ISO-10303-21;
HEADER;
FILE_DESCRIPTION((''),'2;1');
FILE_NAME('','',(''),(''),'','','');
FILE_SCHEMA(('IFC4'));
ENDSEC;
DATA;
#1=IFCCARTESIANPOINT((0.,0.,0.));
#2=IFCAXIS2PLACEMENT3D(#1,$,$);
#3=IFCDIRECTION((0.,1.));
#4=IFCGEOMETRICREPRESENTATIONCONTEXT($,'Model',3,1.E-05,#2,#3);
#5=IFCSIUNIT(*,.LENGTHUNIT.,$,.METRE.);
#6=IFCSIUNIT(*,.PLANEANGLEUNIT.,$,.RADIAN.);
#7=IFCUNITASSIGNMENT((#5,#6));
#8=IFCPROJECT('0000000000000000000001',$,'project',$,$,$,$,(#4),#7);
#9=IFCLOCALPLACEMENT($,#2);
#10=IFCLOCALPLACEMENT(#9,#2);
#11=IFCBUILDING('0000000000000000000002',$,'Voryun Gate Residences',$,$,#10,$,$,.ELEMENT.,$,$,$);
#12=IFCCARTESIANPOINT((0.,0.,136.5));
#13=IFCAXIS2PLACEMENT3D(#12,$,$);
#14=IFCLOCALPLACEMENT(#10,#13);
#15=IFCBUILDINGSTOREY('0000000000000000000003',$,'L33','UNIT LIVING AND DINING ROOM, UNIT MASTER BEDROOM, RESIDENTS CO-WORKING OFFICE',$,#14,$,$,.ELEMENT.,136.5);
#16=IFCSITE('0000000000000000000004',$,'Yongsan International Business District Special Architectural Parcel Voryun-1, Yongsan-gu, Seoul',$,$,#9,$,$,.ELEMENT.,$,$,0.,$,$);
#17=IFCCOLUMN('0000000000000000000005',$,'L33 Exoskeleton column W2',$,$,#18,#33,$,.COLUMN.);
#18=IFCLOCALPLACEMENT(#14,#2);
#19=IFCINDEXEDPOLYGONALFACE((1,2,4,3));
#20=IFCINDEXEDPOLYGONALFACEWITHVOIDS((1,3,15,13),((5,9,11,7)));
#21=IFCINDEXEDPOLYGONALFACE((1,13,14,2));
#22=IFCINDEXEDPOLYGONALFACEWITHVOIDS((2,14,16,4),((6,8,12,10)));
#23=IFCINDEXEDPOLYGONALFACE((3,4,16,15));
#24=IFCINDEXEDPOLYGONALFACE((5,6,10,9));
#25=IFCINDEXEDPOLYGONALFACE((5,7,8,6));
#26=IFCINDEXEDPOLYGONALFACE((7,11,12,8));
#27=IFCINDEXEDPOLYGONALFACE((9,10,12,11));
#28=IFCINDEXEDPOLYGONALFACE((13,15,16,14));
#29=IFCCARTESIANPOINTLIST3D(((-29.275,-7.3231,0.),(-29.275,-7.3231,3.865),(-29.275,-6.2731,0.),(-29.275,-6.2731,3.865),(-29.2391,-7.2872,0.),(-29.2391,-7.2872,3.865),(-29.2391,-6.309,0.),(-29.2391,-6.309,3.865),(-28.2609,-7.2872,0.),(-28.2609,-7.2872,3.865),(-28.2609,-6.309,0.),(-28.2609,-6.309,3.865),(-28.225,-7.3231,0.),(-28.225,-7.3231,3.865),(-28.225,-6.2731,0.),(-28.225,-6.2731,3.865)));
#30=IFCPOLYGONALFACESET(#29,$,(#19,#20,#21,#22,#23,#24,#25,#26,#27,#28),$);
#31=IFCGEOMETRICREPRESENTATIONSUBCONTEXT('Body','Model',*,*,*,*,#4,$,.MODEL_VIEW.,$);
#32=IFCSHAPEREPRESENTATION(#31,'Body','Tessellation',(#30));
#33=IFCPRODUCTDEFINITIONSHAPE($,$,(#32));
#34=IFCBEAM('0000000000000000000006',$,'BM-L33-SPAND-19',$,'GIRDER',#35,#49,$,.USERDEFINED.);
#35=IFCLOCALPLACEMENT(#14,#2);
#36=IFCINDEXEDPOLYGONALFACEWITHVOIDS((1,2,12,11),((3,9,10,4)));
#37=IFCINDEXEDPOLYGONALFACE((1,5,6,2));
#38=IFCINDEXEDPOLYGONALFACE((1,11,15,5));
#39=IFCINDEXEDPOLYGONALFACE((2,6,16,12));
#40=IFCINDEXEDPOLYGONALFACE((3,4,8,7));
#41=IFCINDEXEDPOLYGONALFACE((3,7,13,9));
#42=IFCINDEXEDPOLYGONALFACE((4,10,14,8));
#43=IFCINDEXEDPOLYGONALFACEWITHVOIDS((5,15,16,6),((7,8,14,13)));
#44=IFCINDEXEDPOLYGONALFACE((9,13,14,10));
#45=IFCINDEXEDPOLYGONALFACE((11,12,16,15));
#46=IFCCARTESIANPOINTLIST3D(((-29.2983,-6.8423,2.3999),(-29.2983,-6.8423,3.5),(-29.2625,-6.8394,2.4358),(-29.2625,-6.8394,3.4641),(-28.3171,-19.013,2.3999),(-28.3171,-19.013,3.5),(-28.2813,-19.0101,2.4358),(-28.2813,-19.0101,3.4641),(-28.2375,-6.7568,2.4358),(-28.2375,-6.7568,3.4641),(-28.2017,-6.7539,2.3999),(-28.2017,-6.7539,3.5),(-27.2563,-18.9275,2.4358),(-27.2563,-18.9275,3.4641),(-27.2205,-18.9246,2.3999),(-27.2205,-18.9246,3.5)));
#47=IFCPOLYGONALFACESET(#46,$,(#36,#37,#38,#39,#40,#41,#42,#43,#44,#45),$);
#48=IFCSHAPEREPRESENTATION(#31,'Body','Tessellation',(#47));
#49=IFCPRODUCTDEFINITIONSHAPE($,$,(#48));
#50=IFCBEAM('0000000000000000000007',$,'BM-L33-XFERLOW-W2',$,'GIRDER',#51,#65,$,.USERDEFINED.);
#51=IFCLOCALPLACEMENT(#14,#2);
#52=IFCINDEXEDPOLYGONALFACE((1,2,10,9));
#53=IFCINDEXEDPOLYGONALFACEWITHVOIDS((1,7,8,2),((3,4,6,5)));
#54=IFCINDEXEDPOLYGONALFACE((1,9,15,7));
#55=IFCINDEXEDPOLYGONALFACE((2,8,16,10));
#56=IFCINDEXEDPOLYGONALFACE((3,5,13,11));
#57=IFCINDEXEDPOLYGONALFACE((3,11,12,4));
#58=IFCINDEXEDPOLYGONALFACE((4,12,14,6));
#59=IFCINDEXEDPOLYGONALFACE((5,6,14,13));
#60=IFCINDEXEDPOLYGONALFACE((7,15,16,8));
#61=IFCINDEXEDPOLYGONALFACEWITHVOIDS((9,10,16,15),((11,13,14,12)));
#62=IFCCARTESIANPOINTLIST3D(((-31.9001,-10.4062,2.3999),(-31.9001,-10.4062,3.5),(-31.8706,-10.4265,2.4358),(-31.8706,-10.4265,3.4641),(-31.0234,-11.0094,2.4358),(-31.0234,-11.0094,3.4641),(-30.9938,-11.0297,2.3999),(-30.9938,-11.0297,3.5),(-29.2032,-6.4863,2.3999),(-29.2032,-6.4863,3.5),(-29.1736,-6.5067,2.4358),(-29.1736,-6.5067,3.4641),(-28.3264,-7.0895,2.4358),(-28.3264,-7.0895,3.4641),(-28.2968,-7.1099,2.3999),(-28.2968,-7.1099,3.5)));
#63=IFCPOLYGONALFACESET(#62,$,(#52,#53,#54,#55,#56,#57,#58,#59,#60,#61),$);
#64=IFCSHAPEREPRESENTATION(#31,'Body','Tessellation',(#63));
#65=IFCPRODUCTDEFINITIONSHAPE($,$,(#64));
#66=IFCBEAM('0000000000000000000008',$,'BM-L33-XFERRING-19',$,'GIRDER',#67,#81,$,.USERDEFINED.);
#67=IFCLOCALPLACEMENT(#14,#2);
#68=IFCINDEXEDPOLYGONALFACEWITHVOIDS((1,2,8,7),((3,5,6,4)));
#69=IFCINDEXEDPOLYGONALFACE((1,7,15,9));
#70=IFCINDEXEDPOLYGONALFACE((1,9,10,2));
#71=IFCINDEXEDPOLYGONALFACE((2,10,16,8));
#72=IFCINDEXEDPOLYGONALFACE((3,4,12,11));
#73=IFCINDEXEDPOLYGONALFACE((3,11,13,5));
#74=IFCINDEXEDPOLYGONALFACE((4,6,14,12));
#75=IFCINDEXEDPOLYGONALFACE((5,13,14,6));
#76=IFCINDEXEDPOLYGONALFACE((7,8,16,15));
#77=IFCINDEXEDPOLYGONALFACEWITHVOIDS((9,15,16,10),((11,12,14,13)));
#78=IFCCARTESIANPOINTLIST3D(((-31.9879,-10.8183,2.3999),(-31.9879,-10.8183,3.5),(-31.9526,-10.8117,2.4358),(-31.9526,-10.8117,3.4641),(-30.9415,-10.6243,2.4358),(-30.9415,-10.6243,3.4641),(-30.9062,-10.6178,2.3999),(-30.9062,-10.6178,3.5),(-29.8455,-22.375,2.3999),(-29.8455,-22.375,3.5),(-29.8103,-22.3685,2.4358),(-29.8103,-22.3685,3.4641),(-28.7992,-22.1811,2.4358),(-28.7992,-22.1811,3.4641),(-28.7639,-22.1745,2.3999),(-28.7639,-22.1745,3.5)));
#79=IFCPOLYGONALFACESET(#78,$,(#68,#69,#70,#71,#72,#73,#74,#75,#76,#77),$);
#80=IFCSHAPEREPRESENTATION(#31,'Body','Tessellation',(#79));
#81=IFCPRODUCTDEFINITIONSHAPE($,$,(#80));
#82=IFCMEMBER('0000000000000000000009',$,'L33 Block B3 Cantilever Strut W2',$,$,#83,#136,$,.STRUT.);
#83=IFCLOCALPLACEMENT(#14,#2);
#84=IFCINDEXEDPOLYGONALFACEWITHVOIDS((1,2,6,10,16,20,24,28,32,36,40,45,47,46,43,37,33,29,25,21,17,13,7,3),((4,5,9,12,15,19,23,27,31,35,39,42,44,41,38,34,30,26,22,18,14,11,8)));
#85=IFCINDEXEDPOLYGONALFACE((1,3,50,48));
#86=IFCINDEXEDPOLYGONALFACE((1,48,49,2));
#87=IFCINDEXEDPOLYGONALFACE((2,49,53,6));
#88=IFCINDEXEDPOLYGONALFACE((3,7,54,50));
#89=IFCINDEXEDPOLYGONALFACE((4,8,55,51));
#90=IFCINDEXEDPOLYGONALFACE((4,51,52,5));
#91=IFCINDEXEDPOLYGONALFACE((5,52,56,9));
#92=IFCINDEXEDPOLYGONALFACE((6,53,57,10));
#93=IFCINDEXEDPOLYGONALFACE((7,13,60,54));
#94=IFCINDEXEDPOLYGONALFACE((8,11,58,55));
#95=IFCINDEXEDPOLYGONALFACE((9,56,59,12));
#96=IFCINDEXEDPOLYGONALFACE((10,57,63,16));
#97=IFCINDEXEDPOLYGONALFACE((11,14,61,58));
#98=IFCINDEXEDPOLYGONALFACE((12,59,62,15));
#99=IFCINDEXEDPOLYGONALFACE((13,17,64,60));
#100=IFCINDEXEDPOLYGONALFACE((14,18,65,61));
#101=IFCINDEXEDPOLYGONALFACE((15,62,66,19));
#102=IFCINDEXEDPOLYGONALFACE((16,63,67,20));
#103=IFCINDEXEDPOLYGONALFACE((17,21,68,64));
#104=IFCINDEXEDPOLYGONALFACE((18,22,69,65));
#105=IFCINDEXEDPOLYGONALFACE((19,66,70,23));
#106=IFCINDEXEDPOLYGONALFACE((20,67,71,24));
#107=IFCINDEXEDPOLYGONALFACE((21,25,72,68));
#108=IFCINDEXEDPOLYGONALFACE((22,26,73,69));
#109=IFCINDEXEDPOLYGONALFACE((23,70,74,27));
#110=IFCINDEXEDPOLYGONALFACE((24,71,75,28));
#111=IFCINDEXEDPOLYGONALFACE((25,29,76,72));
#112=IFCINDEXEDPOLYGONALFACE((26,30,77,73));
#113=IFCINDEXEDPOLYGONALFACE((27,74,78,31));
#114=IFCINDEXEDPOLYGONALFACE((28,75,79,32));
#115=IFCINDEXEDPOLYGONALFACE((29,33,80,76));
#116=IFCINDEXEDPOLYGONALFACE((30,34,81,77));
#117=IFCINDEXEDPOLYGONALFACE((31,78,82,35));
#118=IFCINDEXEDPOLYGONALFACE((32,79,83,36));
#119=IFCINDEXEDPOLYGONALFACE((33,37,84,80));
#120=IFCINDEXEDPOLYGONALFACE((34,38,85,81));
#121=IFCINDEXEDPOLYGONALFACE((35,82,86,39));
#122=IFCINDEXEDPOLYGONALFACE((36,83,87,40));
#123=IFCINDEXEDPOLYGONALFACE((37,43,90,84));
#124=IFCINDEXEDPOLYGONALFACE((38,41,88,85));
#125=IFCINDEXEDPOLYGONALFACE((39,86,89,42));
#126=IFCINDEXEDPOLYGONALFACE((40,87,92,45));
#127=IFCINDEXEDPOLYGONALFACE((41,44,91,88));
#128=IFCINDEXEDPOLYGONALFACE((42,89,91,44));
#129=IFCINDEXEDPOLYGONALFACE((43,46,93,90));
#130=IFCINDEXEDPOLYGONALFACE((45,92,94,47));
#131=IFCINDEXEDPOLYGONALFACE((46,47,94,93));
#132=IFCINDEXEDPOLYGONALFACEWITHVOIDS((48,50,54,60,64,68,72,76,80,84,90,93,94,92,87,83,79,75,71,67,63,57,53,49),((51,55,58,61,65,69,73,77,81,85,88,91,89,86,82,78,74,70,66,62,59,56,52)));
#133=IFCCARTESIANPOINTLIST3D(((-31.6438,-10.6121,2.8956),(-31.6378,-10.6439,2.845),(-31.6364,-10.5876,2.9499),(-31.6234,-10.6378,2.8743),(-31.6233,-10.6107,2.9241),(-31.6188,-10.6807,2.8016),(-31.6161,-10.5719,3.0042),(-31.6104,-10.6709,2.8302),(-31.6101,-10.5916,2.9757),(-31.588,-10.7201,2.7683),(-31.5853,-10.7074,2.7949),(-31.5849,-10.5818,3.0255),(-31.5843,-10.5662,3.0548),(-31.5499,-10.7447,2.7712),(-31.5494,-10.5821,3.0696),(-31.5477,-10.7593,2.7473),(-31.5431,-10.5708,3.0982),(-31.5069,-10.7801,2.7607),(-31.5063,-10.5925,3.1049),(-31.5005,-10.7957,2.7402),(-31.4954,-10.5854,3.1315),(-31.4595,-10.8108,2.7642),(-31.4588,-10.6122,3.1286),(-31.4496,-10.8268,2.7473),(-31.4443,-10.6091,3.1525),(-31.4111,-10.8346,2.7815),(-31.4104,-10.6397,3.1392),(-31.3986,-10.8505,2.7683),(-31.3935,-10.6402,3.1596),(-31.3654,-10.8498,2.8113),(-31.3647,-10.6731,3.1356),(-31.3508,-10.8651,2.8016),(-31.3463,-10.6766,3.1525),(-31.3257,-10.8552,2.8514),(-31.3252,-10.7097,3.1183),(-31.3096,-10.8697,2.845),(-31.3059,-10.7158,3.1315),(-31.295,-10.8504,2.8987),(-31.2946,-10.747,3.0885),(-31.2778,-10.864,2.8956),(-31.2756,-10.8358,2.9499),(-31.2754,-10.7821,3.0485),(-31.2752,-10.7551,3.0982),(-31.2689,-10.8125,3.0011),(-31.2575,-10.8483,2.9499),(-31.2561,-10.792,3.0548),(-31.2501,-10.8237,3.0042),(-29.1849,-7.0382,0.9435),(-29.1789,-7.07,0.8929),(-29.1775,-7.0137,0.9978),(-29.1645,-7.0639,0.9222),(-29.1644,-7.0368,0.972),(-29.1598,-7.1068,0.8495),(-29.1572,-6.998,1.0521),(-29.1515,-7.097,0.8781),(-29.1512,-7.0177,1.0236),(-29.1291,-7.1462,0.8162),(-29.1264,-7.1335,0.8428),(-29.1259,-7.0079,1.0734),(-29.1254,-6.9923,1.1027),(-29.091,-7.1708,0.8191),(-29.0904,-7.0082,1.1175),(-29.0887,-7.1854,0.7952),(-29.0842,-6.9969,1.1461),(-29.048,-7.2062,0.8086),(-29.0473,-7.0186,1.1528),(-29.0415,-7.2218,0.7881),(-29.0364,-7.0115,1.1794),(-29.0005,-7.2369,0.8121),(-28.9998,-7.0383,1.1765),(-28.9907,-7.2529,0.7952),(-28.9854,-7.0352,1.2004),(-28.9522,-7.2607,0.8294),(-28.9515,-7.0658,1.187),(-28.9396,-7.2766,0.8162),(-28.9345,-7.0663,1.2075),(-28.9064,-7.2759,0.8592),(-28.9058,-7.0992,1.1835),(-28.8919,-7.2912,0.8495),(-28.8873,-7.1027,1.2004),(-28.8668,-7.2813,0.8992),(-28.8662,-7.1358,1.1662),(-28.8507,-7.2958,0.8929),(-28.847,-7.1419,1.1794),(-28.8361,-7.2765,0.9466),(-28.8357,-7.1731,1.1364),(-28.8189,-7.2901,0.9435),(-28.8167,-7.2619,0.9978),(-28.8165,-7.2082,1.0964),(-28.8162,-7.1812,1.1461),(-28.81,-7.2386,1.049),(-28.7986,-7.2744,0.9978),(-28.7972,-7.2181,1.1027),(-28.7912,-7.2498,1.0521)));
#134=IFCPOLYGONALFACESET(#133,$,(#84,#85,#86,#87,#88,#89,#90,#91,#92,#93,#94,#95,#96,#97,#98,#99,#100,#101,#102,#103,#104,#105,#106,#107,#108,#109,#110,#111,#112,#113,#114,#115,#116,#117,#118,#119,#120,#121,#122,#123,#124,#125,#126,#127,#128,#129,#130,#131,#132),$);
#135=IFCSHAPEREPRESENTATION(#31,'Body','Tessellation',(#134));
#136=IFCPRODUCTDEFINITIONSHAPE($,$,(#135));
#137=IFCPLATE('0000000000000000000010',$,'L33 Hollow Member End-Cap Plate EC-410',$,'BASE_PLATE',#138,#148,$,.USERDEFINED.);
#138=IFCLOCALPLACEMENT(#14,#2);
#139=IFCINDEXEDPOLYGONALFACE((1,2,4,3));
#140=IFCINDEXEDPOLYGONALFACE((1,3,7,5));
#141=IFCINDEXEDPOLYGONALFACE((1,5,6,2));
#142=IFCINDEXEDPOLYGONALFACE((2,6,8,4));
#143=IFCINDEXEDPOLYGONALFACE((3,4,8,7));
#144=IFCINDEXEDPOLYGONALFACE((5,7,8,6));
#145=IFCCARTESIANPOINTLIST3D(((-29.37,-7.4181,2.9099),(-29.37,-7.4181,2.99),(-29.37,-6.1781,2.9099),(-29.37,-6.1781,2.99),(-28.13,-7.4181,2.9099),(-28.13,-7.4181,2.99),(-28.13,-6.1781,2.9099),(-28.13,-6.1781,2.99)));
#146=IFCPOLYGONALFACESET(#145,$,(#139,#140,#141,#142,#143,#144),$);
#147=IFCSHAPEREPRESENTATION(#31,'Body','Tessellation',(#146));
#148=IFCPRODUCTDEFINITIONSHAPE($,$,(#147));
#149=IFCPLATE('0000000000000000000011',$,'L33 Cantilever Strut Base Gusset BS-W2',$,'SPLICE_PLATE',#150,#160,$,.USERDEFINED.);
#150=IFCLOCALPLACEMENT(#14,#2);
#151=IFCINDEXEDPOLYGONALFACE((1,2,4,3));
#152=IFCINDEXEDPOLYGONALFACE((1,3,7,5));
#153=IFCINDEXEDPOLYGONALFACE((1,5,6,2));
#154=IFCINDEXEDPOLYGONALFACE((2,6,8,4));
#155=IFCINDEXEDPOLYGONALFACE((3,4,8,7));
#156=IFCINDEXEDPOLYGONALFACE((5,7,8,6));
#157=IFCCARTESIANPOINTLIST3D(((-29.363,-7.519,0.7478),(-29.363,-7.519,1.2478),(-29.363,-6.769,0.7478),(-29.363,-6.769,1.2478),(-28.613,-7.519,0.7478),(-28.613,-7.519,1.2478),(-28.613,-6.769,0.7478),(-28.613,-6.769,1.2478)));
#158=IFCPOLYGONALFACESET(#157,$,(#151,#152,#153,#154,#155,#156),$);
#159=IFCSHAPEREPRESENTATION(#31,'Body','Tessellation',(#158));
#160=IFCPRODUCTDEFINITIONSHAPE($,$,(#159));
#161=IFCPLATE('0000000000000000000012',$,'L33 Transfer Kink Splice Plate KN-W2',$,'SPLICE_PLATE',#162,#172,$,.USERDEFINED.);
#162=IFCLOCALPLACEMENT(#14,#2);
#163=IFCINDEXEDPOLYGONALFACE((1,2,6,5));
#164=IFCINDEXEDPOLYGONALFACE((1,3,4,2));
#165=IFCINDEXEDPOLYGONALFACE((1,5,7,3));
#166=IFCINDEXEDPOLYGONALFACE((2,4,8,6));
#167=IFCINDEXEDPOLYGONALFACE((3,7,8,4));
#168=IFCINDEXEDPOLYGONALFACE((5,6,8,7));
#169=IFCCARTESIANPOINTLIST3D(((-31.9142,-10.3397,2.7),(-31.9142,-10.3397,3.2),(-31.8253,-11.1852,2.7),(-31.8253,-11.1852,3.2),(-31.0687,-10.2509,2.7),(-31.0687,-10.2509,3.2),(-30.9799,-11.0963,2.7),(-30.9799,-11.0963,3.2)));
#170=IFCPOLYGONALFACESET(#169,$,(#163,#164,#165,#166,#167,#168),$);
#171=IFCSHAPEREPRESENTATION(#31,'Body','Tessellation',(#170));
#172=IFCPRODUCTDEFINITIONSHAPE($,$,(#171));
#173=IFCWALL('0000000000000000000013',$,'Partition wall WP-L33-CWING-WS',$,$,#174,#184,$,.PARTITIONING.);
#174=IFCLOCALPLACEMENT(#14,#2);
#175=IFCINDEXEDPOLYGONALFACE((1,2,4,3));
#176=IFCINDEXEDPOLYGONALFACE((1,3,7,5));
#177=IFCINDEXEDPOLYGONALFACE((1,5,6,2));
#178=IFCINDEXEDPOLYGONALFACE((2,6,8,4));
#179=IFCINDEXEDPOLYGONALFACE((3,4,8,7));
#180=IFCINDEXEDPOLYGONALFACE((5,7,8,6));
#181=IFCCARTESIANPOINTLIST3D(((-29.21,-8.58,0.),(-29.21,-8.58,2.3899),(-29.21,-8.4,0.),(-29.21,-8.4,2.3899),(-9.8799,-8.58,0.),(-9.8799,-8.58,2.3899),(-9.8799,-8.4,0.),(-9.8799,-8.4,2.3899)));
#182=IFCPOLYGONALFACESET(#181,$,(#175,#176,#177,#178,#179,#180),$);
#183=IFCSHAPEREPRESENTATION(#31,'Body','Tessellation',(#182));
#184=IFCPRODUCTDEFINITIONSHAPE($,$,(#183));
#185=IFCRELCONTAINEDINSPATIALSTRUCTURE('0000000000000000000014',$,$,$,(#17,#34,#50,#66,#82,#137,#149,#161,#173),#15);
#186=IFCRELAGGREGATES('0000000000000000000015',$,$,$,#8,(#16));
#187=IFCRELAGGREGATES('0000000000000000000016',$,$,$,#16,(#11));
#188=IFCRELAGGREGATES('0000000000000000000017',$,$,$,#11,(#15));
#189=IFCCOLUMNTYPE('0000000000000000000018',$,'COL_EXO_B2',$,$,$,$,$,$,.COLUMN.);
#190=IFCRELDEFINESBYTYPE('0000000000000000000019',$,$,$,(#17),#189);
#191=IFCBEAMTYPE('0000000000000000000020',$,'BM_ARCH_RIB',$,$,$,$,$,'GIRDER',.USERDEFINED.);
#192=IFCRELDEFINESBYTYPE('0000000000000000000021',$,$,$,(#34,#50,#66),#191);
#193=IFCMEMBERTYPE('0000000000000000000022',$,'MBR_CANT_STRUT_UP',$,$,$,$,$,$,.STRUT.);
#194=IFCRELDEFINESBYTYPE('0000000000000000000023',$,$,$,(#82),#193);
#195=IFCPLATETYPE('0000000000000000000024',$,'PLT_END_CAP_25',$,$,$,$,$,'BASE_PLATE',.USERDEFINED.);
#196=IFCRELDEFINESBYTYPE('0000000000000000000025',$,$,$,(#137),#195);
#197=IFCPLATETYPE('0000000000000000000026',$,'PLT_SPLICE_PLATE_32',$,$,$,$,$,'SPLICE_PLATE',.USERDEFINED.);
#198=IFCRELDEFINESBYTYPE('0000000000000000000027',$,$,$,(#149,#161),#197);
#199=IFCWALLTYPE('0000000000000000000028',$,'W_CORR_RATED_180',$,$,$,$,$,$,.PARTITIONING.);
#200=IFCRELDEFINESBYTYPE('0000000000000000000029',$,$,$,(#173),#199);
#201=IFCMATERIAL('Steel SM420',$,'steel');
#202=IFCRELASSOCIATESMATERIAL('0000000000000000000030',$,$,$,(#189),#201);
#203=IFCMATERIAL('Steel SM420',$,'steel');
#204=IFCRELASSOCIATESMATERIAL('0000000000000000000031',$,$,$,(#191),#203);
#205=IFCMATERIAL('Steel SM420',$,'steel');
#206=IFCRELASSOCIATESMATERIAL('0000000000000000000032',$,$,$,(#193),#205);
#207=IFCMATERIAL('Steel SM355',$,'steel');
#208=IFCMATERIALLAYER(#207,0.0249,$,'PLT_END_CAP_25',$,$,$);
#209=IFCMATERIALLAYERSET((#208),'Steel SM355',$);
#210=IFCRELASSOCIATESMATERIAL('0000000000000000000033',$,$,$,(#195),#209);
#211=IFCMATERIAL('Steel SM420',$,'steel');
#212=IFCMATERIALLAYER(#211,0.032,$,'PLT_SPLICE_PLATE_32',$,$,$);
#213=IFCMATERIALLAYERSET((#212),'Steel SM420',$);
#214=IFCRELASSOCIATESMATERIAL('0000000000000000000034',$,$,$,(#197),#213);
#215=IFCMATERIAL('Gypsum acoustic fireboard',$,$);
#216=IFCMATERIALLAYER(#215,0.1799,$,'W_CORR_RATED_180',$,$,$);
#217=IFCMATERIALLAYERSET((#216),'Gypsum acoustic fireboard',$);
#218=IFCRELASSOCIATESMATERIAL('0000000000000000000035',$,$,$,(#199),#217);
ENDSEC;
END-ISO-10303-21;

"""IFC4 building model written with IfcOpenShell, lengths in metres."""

from ifc_helpers import new_model, si_unit, direction, frame, frame_2d, origin, origin_2d, place, context, subcontext, project, spatial, rectangle, hollow_rectangle, hollow_circle, extrude, material, layer, layer_set, material_profile, profile_set, type_object, element, save


model = new_model("IFC4")

# Units and contexts
model_context = context("Model", 3, precision=1e-05, world=origin(), true_north=direction((0.0, 1.0)))
body_context = subcontext(model_context, "Body", "Model", "MODEL_VIEW")
ifc_project = project(units=[si_unit("LENGTHUNIT", "METRE"), si_unit("PLANEANGLEUNIT", "RADIAN")], contexts=[model_context])

# Site, building, storey
site_placement = place(None, origin())
site = spatial("IfcSite", under=ifc_project, at=site_placement, Name="Yongsan International Business District Special Architectural Parcel Voryun-1, Yongsan-gu, Seoul", CompositionType="ELEMENT", RefElevation=0.0)
building_placement = place(site_placement, origin())
building = spatial("IfcBuilding", under=site, at=building_placement, Name="Voryun Gate Residences", CompositionType="ELEMENT")
storey_placement = place(building_placement, frame((0.0, 0.0, 136.5)))
storey = spatial("IfcBuildingStorey", under=building, at=storey_placement, Name="L33", Description="UNIT LIVING AND DINING ROOM, UNIT MASTER BEDROOM, RESIDENTS CO-WORKING OFFICE", CompositionType="ELEMENT", Elevation=136.5)

# Column
ifc_material_1 = material(Name="Steel SM420", Category="steel")
ifc_material_profile_1 = material_profile(ifc_material_1, hollow_rectangle(XDim=1.05, YDim=1.05, WallThickness=0.0359, at=origin_2d()), Name="BOX-1050x1050x36")
ifc_profile_set_1 = profile_set([ifc_material_profile_1], Name="Steel SM420")
column_type = type_object("IfcColumnType", Name="COL_EXO_B2", PredefinedType="COLUMN", material=ifc_profile_set_1)
column_placement = place(storey_placement, frame((-28.75, -6.7981, 0.0), z_axis=(0.0, 0.0, 1.0), x_axis=(1.0, 0.0, 0.0)))
element("IfcColumn", 1, at=column_placement, inside=storey, type_object=column_type, Name="L33 Exoskeleton column W2", PredefinedType="COLUMN", context=body_context, shape_type="SweptSolid", body=[
    extrude(hollow_rectangle(XDim=1.05, YDim=1.05, WallThickness=0.0359, at=origin_2d()), origin(), (0.0, 0.0, 1.0), 3.865),
])

# Beams
ifc_material_2 = material(Name="Steel SM420", Category="steel")
ifc_material_profile_2 = material_profile(ifc_material_2, hollow_rectangle(XDim=1.1001, YDim=1.1001, WallThickness=0.0359, at=origin_2d()), Name="BOX-1100x1100x36")
ifc_profile_set_2 = profile_set([ifc_material_profile_2], Name="Steel SM420")
beam_type = type_object("IfcBeamType", Name="BM_ARCH_RIB", ElementType="GIRDER", PredefinedType="USERDEFINED", material=ifc_profile_set_2)
beam_1_placement = place(storey_placement, frame((-28.75, -6.7981, 2.95), z_axis=(0.08036, -0.996766, 0.0), x_axis=(0.996766, 0.08036, 0.0)))
element("IfcBeam", 2, at=beam_1_placement, inside=storey, type_object=beam_type, Name="BM-L33-SPAND-19", ObjectType="GIRDER", PredefinedType="USERDEFINED", context=body_context, shape_type="SweptSolid", body=[
    extrude(hollow_rectangle(XDim=1.1001, YDim=1.1001, WallThickness=0.0359, at=origin_2d()), origin(), (0.0, 0.0, 1.0), 12.2102),
])
beam_2_placement = place(storey_placement, frame((-28.75, -6.7981, 2.95), z_axis=(-0.566825, -0.823838, 0.0), x_axis=(0.823838, -0.566825, 0.0)))
element("IfcBeam", 3, at=beam_2_placement, inside=storey, type_object=beam_type, Name="BM-L33-XFERLOW-W2", ObjectType="GIRDER", PredefinedType="USERDEFINED", context=body_context, shape_type="SweptSolid", body=[
    extrude(hollow_rectangle(XDim=1.1001, YDim=1.1001, WallThickness=0.0359, at=origin_2d()), origin(), (0.0, 0.0, 1.0), 4.7581),
])
beam_3_placement = place(storey_placement, frame((-31.447, -10.718, 2.95), z_axis=(0.182268, -0.983249, 0.0), x_axis=(0.983249, 0.182268, 0.0)))
element("IfcBeam", 4, at=beam_3_placement, inside=storey, type_object=beam_type, Name="BM-L33-XFERRING-19", ObjectType="GIRDER", PredefinedType="USERDEFINED", context=body_context, shape_type="SweptSolid", body=[
    extrude(hollow_rectangle(XDim=1.1001, YDim=1.1001, WallThickness=0.0359, at=origin_2d()), origin(), (0.0, 0.0, 1.0), 11.7537),
])

# Member
ifc_material_3 = material(Name="Steel SM420", Category="steel")
ifc_material_profile_3 = material_profile(ifc_material_3, hollow_circle(Radius=0.23, WallThickness=0.022, at=origin_2d()), Name="CHS-460x22")
ifc_profile_set_3 = profile_set([ifc_material_profile_3], Name="Steel SM420")
member_type = type_object("IfcMemberType", Name="MBR_CANT_STRUT_UP", PredefinedType="STRUT", material=ifc_profile_set_3)
member_placement = place(storey_placement, frame((-28.988, -7.144, 0.9978), z_axis=(-0.516899, -0.75128, 0.410358), x_axis=(0.82384, -0.566823, 0.0)))
element("IfcMember", 5, at=member_placement, inside=storey, type_object=member_type, Name="L33 Block B3 Cantilever Strut W2", PredefinedType="STRUT", context=body_context, shape_type="SweptSolid", body=[
    extrude(hollow_circle(Radius=0.23, WallThickness=0.022, at=origin_2d()), origin(), (0.0, 0.0, 1.0), 4.7571),
])

# Plates
ifc_material_4 = material(Name="Steel SM355", Category="steel")
ifc_layer_1 = layer(ifc_material_4, 0.0249, Name="PLT_END_CAP_25")
ifc_layer_set_1 = layer_set([ifc_layer_1], Name="Steel SM355")
plate_type_1 = type_object("IfcPlateType", Name="PLT_END_CAP_25", ElementType="BASE_PLATE", PredefinedType="USERDEFINED", material=ifc_layer_set_1)
plate_1_placement = place(storey_placement, frame((-28.75, -6.7981, 2.9099), z_axis=(0.0, 0.0, 1.0), x_axis=(1.0, 0.0, 0.0)))
element("IfcPlate", 6, at=plate_1_placement, inside=storey, type_object=plate_type_1, Name="L33 Hollow Member End-Cap Plate EC-410", ObjectType="BASE_PLATE", PredefinedType="USERDEFINED", context=body_context, shape_type="SweptSolid", body=[
    extrude(rectangle(XDim=1.24, YDim=1.24, at=origin_2d()), origin(), (0.0, 0.0, 1.0), 0.0801),
])
ifc_material_5 = material(Name="Steel SM420", Category="steel")
ifc_layer_2 = layer(ifc_material_5, 0.032, Name="PLT_SPLICE_PLATE_32")
ifc_layer_set_2 = layer_set([ifc_layer_2], Name="Steel SM420")
plate_type_2 = type_object("IfcPlateType", Name="PLT_SPLICE_PLATE_32", ElementType="SPLICE_PLATE", PredefinedType="USERDEFINED", material=ifc_layer_set_2)
plate_2_placement = place(storey_placement, frame((-28.988, -7.144, 0.7478), z_axis=(0.0, 0.0, 1.0), x_axis=(1.0, 0.0, 0.0)))
element("IfcPlate", 7, at=plate_2_placement, inside=storey, type_object=plate_type_2, Name="L33 Cantilever Strut Base Gusset BS-W2", ObjectType="SPLICE_PLATE", PredefinedType="USERDEFINED", context=body_context, shape_type="SweptSolid", body=[
    extrude(rectangle(XDim=0.75, YDim=0.75, at=origin_2d()), origin(), (0.0, 0.0, 1.0), 0.5),
])
plate_3_placement = place(storey_placement, frame((-31.447, -10.718, 2.7), z_axis=(0.0, 0.0, 1.0), x_axis=(0.994522, 0.104528, 0.0)))
element("IfcPlate", 8, at=plate_3_placement, inside=storey, type_object=plate_type_2, Name="L33 Transfer Kink Splice Plate KN-W2", ObjectType="SPLICE_PLATE", PredefinedType="USERDEFINED", context=body_context, shape_type="SweptSolid", body=[
    extrude(rectangle(XDim=0.8501, YDim=0.8501, at=origin_2d()), origin(), (0.0, 0.0, 1.0), 0.5),
])

# Wall
ifc_material_6 = material(Name="Gypsum acoustic fireboard")
ifc_layer_3 = layer(ifc_material_6, 0.1799, Name="W_CORR_RATED_180")
ifc_layer_set_3 = layer_set([ifc_layer_3], Name="Gypsum acoustic fireboard")
wall_type_1 = type_object("IfcWallType", Name="W_CORR_RATED_180", PredefinedType="PARTITIONING", material=ifc_layer_set_3)
wall_1_placement = place(storey_placement, frame((-29.21, -8.49, 0.0), z_axis=(0.0, 0.0, 1.0), x_axis=(1.0, 0.0, 0.0)))
element("IfcWall", 9, at=wall_1_placement, inside=storey, type_object=wall_type_1, Name="Partition wall WP-L33-CWING-WS", PredefinedType="PARTITIONING", context=body_context, shape_type="SweptSolid", body=[
    extrude(rectangle(XDim=19.3301, YDim=0.1799, at=frame_2d((9.665, 0.0))), origin(), (0.0, 0.0, 1.0), 2.3899),
])

save(model, "model.ifc")
